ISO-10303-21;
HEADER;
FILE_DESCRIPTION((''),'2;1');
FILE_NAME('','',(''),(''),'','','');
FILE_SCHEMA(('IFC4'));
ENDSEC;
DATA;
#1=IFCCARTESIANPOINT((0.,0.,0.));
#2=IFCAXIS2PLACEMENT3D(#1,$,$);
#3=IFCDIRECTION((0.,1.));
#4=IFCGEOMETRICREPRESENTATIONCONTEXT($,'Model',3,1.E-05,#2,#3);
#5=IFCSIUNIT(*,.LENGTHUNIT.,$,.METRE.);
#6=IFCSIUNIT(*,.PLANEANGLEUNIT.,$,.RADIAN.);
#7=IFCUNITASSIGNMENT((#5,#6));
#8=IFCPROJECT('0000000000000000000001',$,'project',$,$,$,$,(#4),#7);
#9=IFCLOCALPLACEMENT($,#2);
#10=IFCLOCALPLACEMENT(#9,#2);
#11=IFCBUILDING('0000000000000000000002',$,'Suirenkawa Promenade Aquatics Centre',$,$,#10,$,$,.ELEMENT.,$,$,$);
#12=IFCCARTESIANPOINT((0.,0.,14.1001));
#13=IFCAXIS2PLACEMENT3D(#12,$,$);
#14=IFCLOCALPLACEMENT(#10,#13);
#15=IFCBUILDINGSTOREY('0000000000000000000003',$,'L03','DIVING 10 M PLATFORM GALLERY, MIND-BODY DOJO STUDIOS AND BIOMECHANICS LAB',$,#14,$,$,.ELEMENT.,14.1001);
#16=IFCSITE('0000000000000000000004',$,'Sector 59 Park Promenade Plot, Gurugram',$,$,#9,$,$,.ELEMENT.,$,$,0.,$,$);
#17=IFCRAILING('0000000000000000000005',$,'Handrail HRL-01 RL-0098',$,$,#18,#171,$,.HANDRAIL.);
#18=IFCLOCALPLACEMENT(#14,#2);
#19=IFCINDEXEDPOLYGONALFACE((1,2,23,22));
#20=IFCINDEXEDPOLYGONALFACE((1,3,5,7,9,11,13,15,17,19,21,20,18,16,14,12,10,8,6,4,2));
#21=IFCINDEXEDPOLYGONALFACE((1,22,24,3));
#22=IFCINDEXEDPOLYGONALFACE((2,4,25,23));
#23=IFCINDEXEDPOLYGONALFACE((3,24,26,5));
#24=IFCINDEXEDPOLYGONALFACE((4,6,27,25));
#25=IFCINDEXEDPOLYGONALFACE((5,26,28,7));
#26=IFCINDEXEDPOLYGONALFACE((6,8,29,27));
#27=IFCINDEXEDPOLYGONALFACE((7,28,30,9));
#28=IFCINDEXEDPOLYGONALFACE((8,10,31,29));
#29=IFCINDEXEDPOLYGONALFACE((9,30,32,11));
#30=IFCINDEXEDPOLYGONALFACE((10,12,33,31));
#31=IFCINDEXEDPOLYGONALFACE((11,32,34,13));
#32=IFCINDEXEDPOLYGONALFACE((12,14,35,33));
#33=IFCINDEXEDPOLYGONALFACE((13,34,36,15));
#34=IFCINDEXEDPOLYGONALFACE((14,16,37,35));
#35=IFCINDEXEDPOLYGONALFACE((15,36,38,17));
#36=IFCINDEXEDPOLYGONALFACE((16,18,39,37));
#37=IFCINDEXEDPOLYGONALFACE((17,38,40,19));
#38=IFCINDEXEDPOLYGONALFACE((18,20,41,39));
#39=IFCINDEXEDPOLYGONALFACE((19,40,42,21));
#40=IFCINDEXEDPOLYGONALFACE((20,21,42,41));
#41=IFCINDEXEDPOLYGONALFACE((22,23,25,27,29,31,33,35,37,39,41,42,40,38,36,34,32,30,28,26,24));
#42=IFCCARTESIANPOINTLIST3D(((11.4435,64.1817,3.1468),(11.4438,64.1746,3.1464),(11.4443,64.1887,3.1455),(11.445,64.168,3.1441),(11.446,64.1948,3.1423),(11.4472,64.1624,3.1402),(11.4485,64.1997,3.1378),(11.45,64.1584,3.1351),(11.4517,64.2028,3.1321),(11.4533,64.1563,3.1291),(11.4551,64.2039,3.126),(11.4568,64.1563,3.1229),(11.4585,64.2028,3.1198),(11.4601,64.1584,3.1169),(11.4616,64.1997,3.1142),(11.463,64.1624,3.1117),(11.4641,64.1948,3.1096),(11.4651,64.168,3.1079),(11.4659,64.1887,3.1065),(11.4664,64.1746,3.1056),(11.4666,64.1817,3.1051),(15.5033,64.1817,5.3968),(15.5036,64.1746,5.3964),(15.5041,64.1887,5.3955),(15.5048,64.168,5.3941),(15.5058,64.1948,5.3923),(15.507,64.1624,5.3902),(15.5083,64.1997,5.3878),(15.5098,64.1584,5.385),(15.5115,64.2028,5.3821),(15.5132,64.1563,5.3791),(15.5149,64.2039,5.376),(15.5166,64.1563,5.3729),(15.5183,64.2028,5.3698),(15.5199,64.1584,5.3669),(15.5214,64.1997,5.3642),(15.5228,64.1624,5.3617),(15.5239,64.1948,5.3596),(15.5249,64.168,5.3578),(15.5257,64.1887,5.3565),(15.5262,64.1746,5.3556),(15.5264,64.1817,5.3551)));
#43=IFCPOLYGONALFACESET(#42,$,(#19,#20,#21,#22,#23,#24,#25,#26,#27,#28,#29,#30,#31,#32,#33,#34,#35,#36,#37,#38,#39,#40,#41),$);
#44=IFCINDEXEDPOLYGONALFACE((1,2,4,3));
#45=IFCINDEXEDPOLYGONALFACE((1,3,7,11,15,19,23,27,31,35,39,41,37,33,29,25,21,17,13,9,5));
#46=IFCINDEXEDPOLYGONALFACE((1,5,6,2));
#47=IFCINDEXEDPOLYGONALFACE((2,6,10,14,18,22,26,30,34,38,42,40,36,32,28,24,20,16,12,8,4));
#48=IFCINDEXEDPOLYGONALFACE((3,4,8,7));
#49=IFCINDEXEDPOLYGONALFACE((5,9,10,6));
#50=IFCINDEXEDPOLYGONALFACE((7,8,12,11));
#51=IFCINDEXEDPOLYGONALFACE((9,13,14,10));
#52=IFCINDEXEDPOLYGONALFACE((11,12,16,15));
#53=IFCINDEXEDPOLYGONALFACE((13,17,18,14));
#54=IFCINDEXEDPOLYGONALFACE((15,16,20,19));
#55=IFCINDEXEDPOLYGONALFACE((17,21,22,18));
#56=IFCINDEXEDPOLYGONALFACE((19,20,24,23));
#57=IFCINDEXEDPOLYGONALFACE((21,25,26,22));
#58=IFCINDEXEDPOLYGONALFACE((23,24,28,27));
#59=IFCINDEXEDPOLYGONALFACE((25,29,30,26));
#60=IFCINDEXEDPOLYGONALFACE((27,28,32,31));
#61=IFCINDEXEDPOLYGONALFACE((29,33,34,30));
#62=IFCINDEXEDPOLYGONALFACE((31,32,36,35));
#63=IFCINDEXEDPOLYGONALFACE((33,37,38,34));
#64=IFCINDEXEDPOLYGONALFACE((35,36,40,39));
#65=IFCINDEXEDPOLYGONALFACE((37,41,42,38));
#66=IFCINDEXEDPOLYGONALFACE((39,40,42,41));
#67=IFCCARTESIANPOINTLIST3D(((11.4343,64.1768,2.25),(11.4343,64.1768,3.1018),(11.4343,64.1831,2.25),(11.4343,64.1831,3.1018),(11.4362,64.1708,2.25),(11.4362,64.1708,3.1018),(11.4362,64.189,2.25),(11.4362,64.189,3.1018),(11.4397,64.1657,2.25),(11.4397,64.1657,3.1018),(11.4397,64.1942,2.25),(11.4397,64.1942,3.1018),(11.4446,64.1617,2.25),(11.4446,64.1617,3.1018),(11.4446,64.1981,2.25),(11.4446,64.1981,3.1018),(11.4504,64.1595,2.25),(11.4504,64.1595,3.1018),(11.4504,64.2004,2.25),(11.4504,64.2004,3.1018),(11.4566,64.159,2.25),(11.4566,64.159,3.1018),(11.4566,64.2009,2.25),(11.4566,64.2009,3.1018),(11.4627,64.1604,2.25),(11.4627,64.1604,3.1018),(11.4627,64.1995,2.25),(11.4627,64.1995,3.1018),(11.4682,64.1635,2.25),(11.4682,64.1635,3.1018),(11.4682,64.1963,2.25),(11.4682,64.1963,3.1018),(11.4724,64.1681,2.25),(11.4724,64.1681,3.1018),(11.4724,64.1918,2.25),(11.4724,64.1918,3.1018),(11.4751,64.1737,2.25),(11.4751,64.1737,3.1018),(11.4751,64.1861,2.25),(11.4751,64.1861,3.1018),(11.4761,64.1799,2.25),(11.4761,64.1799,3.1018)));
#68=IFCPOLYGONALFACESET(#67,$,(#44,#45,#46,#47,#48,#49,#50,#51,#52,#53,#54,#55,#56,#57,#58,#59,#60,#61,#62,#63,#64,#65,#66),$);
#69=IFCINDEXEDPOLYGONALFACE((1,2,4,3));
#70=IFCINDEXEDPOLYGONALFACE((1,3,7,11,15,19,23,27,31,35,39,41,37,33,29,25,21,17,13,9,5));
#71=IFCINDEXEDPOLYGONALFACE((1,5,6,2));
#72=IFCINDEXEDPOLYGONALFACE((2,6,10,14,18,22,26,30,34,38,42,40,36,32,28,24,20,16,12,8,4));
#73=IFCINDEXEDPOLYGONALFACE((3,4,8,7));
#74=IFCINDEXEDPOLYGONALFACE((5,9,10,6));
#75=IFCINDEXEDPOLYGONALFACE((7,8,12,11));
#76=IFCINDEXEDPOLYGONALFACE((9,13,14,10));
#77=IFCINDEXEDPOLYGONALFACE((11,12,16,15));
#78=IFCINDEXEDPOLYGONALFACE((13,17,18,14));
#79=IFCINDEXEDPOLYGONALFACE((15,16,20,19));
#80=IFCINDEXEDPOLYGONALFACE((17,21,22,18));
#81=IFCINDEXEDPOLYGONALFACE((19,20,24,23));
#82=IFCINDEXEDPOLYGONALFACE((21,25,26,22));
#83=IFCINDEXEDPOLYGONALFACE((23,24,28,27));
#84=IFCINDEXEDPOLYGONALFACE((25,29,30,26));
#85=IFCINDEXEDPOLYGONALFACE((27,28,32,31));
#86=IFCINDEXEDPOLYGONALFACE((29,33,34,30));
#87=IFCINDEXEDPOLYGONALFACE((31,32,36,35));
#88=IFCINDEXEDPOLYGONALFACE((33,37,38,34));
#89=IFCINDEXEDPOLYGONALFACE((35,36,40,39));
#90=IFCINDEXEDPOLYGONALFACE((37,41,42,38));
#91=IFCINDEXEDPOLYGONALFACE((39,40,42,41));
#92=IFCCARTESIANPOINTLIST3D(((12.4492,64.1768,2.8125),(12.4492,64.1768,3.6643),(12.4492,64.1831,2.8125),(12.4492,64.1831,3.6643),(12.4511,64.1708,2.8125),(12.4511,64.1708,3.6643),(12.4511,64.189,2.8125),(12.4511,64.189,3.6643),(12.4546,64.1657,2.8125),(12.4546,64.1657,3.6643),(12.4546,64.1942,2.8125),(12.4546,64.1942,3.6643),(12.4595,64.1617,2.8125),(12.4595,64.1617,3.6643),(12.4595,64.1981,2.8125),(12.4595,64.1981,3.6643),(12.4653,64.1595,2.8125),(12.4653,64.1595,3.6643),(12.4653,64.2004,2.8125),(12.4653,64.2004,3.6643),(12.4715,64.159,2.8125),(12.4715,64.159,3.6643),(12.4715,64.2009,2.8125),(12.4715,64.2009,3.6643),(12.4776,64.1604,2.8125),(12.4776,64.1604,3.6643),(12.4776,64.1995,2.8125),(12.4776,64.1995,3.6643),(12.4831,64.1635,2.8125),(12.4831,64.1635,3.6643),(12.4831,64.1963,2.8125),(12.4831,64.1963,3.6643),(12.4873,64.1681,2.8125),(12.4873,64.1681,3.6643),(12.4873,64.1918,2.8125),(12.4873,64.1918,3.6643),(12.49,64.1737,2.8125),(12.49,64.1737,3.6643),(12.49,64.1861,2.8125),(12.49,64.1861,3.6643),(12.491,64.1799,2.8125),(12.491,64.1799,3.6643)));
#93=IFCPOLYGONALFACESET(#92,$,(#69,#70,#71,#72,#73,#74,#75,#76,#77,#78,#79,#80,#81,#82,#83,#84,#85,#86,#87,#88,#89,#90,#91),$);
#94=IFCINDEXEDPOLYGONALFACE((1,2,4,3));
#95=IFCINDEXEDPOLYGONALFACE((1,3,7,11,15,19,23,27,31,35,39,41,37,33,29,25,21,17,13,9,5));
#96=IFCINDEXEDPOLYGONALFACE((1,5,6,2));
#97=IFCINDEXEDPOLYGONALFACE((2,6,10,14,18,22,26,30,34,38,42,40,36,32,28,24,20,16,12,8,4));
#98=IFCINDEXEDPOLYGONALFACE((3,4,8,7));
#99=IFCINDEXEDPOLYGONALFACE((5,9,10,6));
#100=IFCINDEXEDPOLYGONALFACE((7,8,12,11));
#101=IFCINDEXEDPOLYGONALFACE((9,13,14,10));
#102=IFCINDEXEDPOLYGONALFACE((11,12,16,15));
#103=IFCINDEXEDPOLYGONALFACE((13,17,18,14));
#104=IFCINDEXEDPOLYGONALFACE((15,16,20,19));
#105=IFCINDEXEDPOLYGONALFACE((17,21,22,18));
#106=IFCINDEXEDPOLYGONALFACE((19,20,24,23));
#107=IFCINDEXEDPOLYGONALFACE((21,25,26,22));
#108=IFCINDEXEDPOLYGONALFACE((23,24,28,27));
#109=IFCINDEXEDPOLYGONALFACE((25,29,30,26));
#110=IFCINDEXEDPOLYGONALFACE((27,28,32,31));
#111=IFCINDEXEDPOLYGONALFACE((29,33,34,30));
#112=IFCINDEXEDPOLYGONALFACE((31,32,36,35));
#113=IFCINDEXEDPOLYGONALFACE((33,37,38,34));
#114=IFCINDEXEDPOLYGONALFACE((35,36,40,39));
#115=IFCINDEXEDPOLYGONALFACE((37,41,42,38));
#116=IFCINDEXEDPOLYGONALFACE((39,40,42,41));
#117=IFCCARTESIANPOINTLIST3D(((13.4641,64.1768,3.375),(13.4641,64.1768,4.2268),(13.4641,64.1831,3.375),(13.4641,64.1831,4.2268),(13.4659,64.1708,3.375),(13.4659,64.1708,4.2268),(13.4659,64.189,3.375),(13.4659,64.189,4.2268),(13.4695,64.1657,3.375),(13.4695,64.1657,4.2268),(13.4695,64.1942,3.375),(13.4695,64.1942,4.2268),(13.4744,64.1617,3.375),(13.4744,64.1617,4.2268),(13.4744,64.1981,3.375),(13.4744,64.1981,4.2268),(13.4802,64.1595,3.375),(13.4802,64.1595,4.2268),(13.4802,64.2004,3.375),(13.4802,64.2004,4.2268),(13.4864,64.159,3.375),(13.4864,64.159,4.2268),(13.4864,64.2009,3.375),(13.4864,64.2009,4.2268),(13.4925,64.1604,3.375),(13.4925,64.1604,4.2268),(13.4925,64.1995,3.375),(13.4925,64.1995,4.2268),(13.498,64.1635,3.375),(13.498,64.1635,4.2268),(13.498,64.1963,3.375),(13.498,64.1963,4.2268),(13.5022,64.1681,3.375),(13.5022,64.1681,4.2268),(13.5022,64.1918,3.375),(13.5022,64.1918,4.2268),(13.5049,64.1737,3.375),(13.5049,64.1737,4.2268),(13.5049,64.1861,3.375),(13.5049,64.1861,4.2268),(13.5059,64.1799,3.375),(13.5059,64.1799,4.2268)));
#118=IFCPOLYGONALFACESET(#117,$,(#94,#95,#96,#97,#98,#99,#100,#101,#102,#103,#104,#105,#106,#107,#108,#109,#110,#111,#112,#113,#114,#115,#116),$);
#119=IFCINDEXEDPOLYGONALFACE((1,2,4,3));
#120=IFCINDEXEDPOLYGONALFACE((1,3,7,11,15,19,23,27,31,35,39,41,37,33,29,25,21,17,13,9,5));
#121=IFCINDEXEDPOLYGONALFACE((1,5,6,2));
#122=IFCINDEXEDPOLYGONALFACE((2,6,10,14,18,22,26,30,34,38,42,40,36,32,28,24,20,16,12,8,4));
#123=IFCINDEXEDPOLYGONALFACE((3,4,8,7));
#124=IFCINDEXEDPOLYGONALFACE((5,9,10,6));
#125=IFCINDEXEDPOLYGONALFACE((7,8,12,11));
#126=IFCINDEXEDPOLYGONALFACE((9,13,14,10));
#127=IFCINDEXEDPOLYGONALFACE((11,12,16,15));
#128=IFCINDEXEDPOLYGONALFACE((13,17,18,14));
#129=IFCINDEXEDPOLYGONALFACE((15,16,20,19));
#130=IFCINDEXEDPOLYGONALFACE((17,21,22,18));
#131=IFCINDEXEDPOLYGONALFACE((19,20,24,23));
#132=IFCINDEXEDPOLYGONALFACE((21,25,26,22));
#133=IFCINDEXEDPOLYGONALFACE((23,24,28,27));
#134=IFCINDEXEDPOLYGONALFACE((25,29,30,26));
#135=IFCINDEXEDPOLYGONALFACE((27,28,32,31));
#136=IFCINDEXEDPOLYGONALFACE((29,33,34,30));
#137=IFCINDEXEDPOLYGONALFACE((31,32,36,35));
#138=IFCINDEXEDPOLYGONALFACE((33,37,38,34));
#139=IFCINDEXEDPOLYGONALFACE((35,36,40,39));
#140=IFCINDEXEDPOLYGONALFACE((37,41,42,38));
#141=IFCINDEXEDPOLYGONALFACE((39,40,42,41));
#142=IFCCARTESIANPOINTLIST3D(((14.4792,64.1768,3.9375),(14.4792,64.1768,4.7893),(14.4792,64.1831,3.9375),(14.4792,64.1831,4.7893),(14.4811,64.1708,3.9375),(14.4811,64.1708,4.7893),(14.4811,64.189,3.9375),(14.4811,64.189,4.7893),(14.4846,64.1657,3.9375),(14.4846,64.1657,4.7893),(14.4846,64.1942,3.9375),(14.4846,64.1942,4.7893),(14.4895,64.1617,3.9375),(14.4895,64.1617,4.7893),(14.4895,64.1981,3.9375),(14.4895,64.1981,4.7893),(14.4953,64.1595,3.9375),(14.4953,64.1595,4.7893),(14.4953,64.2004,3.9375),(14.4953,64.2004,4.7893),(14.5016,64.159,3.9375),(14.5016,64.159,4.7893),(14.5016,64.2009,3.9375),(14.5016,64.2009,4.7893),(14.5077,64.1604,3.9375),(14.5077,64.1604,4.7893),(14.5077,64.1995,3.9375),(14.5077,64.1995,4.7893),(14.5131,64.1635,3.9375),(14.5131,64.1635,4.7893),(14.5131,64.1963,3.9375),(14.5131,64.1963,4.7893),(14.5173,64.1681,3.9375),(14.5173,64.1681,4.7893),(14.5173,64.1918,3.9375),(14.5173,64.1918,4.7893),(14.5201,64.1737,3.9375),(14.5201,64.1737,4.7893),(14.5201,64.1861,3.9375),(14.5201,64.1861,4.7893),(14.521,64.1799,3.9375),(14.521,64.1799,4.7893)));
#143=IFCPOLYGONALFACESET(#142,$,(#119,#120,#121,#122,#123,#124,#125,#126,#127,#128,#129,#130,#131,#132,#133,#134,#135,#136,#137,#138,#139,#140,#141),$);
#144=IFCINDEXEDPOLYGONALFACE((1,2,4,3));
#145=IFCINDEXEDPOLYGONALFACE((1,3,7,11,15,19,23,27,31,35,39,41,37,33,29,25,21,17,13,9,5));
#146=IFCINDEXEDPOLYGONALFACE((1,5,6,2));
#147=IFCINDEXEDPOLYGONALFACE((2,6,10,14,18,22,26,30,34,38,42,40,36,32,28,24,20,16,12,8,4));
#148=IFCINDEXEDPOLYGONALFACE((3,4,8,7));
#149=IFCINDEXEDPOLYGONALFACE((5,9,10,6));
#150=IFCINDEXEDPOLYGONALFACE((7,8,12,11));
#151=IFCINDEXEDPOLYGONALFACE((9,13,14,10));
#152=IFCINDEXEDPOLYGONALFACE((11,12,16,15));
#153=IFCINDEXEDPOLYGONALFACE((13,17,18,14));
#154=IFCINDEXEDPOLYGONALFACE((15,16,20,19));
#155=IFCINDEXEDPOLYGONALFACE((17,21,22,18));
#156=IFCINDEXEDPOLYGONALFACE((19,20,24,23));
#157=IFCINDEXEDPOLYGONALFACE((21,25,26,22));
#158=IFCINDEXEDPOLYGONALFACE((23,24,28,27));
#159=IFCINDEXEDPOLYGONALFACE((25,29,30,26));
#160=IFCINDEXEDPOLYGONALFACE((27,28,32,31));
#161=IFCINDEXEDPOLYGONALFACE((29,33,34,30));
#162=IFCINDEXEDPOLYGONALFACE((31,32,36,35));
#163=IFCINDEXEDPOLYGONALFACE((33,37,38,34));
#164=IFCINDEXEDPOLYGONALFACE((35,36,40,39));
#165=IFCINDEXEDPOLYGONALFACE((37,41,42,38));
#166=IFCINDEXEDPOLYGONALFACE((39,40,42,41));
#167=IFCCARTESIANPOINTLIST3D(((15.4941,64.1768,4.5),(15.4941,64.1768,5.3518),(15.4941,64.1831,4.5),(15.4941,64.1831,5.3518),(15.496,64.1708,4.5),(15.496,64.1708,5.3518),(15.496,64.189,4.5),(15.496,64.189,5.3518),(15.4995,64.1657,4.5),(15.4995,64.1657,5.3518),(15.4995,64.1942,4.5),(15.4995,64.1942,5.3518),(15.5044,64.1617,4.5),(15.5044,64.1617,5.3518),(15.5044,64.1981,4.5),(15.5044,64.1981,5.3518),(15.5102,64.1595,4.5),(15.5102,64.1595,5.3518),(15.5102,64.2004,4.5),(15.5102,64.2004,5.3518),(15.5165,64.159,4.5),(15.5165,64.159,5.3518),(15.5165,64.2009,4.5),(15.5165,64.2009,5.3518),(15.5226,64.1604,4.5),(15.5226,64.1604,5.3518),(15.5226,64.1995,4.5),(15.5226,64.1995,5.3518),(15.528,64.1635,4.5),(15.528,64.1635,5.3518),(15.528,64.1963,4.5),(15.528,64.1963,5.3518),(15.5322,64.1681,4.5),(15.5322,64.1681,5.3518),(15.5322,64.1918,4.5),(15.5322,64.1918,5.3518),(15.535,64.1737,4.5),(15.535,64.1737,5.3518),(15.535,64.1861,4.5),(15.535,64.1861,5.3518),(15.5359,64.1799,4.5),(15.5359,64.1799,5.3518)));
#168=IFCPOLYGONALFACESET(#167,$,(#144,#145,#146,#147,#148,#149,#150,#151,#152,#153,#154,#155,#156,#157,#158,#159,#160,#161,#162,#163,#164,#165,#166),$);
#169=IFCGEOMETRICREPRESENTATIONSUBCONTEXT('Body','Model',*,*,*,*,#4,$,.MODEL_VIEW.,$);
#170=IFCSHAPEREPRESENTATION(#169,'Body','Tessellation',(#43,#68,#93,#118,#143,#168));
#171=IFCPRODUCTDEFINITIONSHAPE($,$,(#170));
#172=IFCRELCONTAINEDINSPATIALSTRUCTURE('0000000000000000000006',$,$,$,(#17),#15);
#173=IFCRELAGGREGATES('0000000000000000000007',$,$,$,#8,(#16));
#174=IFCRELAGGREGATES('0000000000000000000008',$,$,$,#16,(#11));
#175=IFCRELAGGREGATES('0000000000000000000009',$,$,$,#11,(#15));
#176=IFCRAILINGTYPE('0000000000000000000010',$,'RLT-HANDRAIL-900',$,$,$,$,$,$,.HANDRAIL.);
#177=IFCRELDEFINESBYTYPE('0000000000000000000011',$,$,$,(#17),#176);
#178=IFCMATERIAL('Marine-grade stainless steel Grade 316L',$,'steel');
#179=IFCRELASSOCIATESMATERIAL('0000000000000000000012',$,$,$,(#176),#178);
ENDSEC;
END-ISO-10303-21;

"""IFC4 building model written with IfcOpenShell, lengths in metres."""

from ifc_helpers import new_model, si_unit, direction, frame, origin, origin_2d, place, context, subcontext, project, spatial, circle, extrude, material, type_object, element, save


model = new_model("IFC4")

# Units and contexts
model_context = context("Model", 3, precision=1e-05, world=origin(), true_north=direction((0.0, 1.0)))
body_context = subcontext(model_context, "Body", "Model", "MODEL_VIEW")
ifc_project = project(units=[si_unit("LENGTHUNIT", "METRE"), si_unit("PLANEANGLEUNIT", "RADIAN")], contexts=[model_context])

# Site, building, storey
site_placement = place(None, origin())
site = spatial("IfcSite", under=ifc_project, at=site_placement, Name="Sector 59 Park Promenade Plot, Gurugram", CompositionType="ELEMENT", RefElevation=0.0)
building_placement = place(site_placement, origin())
building = spatial("IfcBuilding", under=site, at=building_placement, Name="Suirenkawa Promenade Aquatics Centre", CompositionType="ELEMENT")
storey_placement = place(building_placement, frame((0.0, 0.0, 14.1001)))
storey = spatial("IfcBuildingStorey", under=building, at=storey_placement, Name="L03", Description="DIVING 10 M PLATFORM GALLERY, MIND-BODY DOJO STUDIOS AND BIOMECHANICS LAB", CompositionType="ELEMENT", Elevation=14.1001)

# Railing
ifc_material_1 = material(Name="Marine-grade stainless steel Grade 316L", Category="steel")
railing_type_1 = type_object("IfcRailingType", Name="RLT-HANDRAIL-900", PredefinedType="HANDRAIL", material=ifc_material_1)
railing_1_placement = place(storey_placement, frame((11.4551, 64.1799, 2.25)))
element("IfcRailing", 1, at=railing_1_placement, inside=storey, type_object=railing_type_1, Name="Handrail HRL-01 RL-0098", PredefinedType="HANDRAIL", context=body_context, shape_type="SweptSolid", body=[
    extrude(circle(Radius=0.0239, at=origin_2d()), frame((0.0, 0.0, 0.876), z_axis=(0.874656, 0.0, 0.484745), x_axis=(0.0, 1.0, 0.0)), (0.0, 0.0, 1.0), 4.6416),
    extrude(circle(Radius=0.021, at=origin_2d()), origin(), (0.0, 0.0, 1.0), 0.8518),
    extrude(circle(Radius=0.021, at=origin_2d()), frame((1.0149, 0.0, 0.5625)), (0.0, 0.0, 1.0), 0.8518),
    extrude(circle(Radius=0.021, at=origin_2d()), frame((2.0298, 0.0, 1.125)), (0.0, 0.0, 1.0), 0.8518),
    extrude(circle(Radius=0.021, at=origin_2d()), frame((3.0449, 0.0, 1.6875)), (0.0, 0.0, 1.0), 0.8518),
    extrude(circle(Radius=0.021, at=origin_2d()), frame((4.0598, 0.0, 2.25)), (0.0, 0.0, 1.0), 0.8518),
])

save(model, "model.ifc")
